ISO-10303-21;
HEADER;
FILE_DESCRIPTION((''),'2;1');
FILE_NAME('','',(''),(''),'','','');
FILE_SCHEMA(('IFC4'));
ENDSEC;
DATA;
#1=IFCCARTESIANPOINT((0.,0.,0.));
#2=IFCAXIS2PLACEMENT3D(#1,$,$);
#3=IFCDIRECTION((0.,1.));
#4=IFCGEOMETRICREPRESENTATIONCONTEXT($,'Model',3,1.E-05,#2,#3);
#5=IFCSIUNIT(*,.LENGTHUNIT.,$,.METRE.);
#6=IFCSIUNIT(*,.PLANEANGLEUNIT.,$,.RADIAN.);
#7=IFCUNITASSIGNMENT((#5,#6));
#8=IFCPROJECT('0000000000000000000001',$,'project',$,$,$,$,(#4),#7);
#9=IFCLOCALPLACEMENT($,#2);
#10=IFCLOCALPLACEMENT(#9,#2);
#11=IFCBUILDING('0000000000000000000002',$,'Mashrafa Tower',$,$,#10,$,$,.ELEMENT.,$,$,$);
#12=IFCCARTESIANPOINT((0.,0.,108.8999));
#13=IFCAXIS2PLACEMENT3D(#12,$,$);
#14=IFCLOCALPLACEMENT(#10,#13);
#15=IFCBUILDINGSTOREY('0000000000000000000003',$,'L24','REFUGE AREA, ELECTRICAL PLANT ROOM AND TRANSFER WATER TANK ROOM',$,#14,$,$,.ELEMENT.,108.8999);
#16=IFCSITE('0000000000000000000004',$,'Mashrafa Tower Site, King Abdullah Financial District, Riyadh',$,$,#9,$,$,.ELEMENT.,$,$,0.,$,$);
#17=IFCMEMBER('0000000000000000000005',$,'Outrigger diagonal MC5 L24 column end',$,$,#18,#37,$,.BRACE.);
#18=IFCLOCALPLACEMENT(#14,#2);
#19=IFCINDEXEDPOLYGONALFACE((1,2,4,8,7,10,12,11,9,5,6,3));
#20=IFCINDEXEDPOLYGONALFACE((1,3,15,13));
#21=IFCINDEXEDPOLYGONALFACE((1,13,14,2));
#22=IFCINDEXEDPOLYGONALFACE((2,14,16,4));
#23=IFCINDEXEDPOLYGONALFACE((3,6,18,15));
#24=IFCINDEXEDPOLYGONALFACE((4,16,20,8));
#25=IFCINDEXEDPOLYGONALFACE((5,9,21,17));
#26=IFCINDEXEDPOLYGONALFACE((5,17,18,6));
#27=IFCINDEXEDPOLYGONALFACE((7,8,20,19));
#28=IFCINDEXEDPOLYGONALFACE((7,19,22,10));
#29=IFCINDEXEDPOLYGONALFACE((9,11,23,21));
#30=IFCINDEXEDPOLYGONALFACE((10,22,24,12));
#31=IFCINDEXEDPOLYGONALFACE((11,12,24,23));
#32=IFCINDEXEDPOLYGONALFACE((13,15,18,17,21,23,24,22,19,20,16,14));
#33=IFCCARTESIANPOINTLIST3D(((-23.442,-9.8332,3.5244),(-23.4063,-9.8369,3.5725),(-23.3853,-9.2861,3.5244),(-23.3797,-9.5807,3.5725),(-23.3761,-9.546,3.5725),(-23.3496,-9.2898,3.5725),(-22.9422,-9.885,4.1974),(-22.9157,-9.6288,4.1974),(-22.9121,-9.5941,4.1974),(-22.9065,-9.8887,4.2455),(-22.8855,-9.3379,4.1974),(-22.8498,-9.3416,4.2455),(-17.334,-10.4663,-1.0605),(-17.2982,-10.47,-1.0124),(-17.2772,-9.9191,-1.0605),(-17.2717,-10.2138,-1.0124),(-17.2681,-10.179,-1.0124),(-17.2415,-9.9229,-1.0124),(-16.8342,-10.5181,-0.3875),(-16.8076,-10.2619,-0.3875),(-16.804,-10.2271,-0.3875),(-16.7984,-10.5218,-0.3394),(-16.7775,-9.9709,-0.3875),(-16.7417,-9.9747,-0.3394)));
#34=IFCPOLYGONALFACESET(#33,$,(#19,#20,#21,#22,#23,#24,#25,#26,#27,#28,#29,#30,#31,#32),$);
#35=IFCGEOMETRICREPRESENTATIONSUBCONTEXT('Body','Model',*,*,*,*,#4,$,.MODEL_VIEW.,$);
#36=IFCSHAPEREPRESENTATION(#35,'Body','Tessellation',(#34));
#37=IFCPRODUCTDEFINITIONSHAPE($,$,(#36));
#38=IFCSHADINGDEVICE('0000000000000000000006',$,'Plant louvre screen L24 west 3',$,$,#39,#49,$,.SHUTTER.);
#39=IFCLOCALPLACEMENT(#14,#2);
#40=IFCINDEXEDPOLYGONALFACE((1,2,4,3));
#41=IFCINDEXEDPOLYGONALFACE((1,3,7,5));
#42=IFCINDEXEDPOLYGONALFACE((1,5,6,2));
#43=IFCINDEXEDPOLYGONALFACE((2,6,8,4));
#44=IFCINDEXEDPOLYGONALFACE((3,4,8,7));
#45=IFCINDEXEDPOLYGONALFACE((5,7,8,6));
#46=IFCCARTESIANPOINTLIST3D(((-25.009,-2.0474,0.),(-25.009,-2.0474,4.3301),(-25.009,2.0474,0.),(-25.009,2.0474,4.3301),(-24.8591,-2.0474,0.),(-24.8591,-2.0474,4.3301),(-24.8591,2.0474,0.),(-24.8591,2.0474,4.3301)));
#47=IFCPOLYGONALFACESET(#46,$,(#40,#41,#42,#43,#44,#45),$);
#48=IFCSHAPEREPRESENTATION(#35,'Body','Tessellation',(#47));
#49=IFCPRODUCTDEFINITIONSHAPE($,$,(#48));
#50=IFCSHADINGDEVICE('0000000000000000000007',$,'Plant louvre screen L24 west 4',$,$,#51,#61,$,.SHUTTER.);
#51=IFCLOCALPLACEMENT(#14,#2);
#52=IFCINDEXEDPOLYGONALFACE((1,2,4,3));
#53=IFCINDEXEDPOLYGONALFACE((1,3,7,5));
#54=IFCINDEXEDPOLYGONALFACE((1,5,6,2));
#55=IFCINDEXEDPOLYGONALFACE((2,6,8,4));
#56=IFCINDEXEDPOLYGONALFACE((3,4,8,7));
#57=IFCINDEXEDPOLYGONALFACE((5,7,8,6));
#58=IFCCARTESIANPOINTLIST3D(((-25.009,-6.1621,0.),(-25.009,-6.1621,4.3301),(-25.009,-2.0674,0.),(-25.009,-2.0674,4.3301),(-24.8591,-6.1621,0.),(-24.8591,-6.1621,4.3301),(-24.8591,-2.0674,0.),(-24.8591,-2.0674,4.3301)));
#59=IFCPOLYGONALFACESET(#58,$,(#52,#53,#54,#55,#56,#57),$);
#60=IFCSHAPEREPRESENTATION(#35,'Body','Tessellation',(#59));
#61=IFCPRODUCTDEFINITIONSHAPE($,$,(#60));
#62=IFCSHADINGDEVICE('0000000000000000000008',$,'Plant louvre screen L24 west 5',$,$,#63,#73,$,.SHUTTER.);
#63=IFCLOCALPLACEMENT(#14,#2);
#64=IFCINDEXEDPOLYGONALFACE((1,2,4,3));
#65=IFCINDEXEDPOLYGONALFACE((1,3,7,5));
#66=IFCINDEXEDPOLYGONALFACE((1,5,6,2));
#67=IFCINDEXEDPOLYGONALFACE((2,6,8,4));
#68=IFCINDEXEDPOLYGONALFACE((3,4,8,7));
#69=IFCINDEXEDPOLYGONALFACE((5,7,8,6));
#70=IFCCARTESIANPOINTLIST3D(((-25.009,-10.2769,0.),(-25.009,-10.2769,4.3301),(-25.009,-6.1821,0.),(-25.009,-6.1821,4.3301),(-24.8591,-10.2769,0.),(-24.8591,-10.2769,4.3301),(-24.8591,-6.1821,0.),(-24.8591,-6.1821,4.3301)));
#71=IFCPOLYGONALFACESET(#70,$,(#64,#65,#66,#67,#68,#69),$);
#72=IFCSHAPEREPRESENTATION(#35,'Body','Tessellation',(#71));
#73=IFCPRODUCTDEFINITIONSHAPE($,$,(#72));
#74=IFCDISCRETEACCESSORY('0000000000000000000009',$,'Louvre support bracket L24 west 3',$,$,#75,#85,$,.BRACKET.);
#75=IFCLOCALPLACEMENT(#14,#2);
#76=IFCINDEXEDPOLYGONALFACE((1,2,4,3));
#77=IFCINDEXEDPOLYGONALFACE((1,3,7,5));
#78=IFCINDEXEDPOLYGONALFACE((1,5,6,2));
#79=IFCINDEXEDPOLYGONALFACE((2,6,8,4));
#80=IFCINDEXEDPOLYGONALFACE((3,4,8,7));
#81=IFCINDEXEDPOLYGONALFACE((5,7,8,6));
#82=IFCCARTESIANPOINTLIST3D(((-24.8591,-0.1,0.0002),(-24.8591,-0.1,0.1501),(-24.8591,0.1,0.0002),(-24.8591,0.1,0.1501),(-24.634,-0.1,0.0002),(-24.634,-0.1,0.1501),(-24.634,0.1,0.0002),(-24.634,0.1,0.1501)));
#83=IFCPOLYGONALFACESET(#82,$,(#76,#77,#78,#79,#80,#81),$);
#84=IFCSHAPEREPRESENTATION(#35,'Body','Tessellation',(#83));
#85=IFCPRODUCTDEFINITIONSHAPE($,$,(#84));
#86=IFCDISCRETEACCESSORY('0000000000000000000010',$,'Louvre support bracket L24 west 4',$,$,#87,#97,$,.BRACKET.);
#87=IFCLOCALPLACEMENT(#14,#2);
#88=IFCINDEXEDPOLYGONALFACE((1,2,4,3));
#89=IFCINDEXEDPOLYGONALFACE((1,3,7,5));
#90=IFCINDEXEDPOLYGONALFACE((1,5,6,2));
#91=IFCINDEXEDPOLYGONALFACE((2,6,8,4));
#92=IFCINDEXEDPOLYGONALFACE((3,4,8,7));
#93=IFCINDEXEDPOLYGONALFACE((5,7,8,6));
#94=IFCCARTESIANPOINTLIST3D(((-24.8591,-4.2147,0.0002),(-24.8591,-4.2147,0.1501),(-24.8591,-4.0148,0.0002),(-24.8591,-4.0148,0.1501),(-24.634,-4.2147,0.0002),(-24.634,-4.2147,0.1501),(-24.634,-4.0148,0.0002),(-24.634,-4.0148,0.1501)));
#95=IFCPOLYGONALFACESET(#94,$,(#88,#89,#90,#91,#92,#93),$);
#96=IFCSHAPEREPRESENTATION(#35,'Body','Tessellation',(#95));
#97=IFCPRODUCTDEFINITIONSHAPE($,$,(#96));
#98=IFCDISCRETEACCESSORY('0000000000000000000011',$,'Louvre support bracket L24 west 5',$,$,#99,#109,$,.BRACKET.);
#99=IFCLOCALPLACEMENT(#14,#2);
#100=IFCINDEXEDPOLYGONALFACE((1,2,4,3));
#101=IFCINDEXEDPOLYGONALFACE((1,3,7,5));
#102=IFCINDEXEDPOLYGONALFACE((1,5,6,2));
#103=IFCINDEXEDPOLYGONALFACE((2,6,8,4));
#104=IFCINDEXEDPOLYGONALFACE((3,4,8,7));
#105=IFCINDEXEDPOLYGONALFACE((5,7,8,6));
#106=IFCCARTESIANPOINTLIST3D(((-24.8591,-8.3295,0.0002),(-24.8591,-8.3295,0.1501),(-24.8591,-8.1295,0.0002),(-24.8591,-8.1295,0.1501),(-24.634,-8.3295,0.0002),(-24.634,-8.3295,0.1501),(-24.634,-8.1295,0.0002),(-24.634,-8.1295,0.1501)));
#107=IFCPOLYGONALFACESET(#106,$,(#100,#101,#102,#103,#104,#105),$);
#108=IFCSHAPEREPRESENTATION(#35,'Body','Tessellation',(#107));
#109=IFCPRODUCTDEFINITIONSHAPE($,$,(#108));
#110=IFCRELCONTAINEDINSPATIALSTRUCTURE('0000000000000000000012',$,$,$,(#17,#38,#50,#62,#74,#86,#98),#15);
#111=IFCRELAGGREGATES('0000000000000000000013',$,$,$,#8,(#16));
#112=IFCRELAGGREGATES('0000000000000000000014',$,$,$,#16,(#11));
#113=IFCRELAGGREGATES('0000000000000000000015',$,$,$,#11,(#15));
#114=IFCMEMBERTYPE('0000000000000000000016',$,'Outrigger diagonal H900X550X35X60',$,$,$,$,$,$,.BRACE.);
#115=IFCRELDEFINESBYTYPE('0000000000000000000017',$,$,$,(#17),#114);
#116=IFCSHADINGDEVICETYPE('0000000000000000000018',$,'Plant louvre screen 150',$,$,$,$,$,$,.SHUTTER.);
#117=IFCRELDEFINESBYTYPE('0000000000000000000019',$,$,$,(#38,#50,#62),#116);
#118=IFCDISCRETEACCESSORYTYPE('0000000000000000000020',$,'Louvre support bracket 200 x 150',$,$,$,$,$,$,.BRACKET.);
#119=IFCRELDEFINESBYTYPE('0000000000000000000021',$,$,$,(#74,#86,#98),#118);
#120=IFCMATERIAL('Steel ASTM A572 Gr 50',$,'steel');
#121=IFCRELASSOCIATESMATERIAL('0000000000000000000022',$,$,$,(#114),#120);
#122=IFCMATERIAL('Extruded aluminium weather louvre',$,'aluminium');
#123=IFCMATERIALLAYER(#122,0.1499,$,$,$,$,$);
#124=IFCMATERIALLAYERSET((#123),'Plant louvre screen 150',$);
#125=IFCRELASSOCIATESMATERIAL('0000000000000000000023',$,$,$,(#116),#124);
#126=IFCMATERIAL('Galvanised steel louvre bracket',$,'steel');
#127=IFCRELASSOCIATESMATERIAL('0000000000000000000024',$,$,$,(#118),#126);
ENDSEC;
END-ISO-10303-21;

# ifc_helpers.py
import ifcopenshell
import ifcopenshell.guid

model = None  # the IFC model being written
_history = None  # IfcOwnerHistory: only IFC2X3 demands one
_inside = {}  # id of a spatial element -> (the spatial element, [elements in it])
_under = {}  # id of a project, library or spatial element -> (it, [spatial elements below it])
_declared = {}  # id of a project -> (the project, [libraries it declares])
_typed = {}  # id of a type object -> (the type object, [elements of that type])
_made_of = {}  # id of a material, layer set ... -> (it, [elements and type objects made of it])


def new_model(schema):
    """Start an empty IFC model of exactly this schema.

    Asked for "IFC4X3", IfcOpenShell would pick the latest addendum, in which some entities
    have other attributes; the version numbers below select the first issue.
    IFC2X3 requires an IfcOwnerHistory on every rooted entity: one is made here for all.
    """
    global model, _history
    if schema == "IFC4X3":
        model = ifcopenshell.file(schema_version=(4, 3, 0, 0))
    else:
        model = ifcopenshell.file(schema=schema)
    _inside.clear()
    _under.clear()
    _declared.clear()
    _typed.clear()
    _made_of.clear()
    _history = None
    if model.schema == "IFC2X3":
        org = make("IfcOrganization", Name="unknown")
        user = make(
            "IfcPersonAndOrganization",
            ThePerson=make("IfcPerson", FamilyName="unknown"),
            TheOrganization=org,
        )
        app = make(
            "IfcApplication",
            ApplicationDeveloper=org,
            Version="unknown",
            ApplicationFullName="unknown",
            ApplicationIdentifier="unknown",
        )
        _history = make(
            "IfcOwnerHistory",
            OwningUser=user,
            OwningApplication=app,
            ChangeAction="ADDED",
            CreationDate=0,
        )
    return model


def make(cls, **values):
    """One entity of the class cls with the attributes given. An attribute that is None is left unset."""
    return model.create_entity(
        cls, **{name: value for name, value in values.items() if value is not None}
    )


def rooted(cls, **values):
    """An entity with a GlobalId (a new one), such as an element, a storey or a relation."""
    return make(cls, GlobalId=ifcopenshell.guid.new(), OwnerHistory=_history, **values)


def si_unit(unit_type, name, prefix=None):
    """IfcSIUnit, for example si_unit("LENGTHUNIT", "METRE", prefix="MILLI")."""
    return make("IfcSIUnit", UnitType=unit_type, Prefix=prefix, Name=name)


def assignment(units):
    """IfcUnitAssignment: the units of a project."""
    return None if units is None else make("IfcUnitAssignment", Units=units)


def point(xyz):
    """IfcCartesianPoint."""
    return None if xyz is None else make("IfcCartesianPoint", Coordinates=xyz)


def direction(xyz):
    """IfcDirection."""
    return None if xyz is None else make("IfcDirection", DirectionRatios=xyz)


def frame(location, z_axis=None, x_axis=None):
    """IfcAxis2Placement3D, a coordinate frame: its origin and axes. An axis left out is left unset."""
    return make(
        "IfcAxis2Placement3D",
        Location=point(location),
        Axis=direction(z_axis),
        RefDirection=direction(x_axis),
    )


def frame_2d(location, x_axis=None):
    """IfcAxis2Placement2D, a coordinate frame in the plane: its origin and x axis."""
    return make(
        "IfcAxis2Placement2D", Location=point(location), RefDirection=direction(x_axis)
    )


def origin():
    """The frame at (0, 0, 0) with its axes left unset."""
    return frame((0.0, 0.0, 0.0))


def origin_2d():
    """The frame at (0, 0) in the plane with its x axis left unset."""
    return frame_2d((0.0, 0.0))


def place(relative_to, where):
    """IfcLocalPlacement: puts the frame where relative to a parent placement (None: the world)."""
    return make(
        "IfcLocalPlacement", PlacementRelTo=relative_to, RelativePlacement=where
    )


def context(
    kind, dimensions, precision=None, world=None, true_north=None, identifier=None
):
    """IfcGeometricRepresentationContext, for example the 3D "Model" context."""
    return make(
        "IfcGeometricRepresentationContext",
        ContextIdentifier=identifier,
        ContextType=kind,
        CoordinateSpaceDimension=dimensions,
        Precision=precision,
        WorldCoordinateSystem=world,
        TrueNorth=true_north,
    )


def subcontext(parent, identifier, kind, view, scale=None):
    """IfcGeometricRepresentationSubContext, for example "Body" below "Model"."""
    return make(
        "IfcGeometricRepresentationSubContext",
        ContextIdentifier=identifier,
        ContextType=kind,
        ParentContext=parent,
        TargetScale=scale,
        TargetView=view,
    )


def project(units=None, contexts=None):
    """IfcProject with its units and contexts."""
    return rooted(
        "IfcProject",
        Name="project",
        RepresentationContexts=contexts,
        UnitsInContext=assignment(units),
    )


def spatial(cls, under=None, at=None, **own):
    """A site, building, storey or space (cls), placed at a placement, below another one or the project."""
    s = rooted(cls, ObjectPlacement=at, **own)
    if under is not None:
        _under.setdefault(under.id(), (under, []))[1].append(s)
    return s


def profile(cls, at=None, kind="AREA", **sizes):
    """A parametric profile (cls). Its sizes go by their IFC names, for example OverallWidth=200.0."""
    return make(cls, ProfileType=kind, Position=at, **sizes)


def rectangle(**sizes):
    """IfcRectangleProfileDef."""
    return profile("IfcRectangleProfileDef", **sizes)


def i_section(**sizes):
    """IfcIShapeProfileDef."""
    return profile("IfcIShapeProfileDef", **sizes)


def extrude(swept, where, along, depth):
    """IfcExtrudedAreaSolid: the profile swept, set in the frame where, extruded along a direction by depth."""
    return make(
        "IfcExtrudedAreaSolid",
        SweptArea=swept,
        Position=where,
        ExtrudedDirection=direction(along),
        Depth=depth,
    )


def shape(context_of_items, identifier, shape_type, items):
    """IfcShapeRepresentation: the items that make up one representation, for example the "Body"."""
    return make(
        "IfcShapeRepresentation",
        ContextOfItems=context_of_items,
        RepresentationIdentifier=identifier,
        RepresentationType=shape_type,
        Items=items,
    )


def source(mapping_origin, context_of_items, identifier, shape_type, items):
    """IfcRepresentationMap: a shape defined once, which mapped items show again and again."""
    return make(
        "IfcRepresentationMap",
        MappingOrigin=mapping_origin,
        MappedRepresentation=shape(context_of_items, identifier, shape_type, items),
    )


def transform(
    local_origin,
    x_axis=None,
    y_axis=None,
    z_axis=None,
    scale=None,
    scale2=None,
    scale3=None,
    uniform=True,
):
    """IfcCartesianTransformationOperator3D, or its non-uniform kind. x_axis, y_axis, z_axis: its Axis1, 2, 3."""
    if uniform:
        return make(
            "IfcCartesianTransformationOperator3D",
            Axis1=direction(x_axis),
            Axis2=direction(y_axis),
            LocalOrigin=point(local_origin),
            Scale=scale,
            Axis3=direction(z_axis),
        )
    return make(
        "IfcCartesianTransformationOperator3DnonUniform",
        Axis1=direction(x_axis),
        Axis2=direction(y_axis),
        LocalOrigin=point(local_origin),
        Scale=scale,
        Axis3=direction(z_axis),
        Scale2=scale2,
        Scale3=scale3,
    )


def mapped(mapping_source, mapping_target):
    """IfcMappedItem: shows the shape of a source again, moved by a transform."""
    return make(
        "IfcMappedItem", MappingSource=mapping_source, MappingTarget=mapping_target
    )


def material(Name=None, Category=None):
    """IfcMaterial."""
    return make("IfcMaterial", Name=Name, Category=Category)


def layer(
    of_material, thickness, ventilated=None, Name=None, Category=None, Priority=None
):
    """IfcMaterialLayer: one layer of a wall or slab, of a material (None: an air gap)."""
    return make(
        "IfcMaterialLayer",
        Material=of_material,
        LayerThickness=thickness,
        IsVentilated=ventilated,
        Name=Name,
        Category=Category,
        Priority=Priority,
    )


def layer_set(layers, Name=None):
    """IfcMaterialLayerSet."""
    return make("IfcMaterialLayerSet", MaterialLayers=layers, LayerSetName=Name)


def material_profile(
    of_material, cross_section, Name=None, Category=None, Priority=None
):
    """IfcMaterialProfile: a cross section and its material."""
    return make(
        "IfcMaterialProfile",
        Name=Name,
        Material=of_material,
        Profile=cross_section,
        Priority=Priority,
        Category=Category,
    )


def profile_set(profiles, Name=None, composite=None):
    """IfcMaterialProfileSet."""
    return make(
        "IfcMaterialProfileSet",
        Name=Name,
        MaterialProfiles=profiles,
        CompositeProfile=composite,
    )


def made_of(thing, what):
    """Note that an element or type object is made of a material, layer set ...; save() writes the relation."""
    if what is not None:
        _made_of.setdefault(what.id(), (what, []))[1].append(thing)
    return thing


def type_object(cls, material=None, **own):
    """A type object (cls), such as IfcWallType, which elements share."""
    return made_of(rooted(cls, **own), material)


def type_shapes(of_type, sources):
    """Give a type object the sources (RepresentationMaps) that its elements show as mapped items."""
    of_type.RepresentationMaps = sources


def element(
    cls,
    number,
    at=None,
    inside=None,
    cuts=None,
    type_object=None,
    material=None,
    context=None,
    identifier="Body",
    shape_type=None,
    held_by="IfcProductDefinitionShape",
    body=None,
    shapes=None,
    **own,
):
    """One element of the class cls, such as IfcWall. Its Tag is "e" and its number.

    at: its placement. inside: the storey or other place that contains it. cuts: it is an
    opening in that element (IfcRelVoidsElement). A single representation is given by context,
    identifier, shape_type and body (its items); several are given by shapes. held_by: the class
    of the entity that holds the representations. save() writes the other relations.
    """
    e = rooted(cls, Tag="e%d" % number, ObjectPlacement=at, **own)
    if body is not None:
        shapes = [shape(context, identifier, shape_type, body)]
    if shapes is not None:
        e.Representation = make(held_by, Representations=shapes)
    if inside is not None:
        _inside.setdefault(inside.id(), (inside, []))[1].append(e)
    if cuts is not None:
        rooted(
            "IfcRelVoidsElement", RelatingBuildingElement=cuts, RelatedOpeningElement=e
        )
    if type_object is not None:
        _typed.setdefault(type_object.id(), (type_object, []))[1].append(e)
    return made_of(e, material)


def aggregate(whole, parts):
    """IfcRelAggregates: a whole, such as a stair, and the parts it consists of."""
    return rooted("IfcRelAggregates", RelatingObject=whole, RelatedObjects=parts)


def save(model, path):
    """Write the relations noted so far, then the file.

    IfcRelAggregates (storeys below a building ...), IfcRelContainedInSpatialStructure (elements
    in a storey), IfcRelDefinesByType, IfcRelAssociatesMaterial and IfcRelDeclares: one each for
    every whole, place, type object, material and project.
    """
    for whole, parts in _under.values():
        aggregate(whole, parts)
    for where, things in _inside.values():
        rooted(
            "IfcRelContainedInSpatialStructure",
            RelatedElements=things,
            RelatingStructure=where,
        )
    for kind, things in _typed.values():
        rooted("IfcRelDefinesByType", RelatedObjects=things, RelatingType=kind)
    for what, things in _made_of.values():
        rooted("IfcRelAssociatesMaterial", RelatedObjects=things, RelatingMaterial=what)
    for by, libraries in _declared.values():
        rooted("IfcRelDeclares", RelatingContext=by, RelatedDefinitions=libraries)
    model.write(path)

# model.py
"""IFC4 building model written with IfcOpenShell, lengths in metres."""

from ifc_helpers import new_model, si_unit, direction, frame, origin, origin_2d, place, context, subcontext, project, spatial, rectangle, i_section, extrude, source, transform, mapped, material, layer, layer_set, material_profile, profile_set, type_object, type_shapes, element, save


model = new_model("IFC4")

# Units and contexts
model_context = context("Model", 3, precision=1e-05, world=origin(), true_north=direction((0.0, 1.0)))
body_context = subcontext(model_context, "Body", "Model", "MODEL_VIEW")
ifc_project = project(units=[si_unit("LENGTHUNIT", "METRE"), si_unit("PLANEANGLEUNIT", "RADIAN")], contexts=[model_context])

# Site, building, storey
site_placement = place(None, origin())
site = spatial("IfcSite", under=ifc_project, at=site_placement, Name="Mashrafa Tower Site, King Abdullah Financial District, Riyadh", CompositionType="ELEMENT", RefElevation=0.0)
building_placement = place(site_placement, origin())
building = spatial("IfcBuilding", under=site, at=building_placement, Name="Mashrafa Tower", CompositionType="ELEMENT")
storey_placement = place(building_placement, frame((0.0, 0.0, 108.8999)))
storey = spatial("IfcBuildingStorey", under=building, at=storey_placement, Name="L24", Description="REFUGE AREA, ELECTRICAL PLANT ROOM AND TRANSFER WATER TANK ROOM", CompositionType="ELEMENT", Elevation=108.8999)

# Member
ifc_material_1 = material(Name="Steel ASTM A572 Gr 50", Category="steel")
ifc_material_profile_1 = material_profile(ifc_material_1, i_section(OverallWidth=0.55, OverallDepth=0.8999, WebThickness=0.0349, FlangeThickness=0.0601, at=origin_2d()), Name="H900X550X35X60")
ifc_profile_set_1 = profile_set([ifc_material_profile_1], Name="Steel ASTM A572 Gr 50")
member_type_1 = type_object("IfcMemberType", Name="Outrigger diagonal H900X550X35X60", PredefinedType="BRACE", material=ifc_profile_set_1)
shared_shape_1 = source(origin(), body_context, "Body", "SweptSolid", [
    extrude(i_section(OverallWidth=0.55, OverallDepth=0.8999, WebThickness=0.0349, FlangeThickness=0.0601, at=origin_2d()), origin(), (0.0, 0.0, 1.0), 7.6636),
])
member_1_placement = place(storey_placement, frame((-17.0378, -10.2205, -0.7), z_axis=(-0.797025, 0.082605, 0.598271), x_axis=(-0.103089, -0.994672, 0.0)))
element("IfcMember", 1, at=member_1_placement, inside=storey, type_object=member_type_1, Name="Outrigger diagonal MC5 L24 column end", PredefinedType="BRACE", context=body_context, shape_type="MappedRepresentation", body=[
    mapped(shared_shape_1, transform((0.0, 0.0, 0.0))),
])

# Shading devices
ifc_material_2 = material(Name="Extruded aluminium weather louvre", Category="aluminium")
ifc_layer = layer(ifc_material_2, 0.1499)
ifc_layer_set = layer_set([ifc_layer], Name="Plant louvre screen 150")
shading_device_type = type_object("IfcShadingDeviceType", Name="Plant louvre screen 150", PredefinedType="SHUTTER", material=ifc_layer_set)
shared_shape_2 = source(origin(), body_context, "Body", "SweptSolid", [
    extrude(rectangle(XDim=4.0947, YDim=0.1499, at=origin_2d()), origin(), (0.0, 0.0, 1.0), 4.3301),
])
type_shapes(shading_device_type, [shared_shape_2])
for number, where, z_axis, x_axis, name in (
    (2, (-24.9341, 0.0, 0.0), (0.0, 0.0, 1.0), (0.0, -1.0, 0.0), "Plant louvre screen L24 west 3"),
    (3, (-24.9341, -4.1147, 0.0), (0.0, 0.0, 1.0), (0.0, -1.0, 0.0), "Plant louvre screen L24 west 4"),
    (4, (-24.9341, -8.2295, 0.0), (0.0, 0.0, 1.0), (0.0, -1.0, 0.0), "Plant louvre screen L24 west 5"),
):
    element("IfcShadingDevice", number, at=place(storey_placement, frame(where, z_axis=z_axis, x_axis=x_axis)), inside=storey, type_object=shading_device_type, Name=name, PredefinedType="SHUTTER", context=body_context, shape_type="MappedRepresentation", body=[
        mapped(shared_shape_2, transform((0.0, 0.0, 0.0))),
    ])

# Discrete accessories
ifc_material_3 = material(Name="Galvanised steel louvre bracket", Category="steel")
discrete_accessory_type = type_object("IfcDiscreteAccessoryType", Name="Louvre support bracket 200 x 150", PredefinedType="BRACKET", material=ifc_material_3)
shared_shape_3 = source(origin(), body_context, "Body", "SweptSolid", [
    extrude(rectangle(XDim=0.2, YDim=0.2251, at=origin_2d()), origin(), (0.0, 0.0, 1.0), 0.1499),
])
type_shapes(discrete_accessory_type, [shared_shape_3])
for number, where, z_axis, x_axis, name in (
    (5, (-24.7466, 0.0, 0.0002), (0.0, 0.0, 1.0), (0.0, -1.0, 0.0), "Louvre support bracket L24 west 3"),
    (6, (-24.7466, -4.1147, 0.0002), (0.0, 0.0, 1.0), (0.0, -1.0, 0.0), "Louvre support bracket L24 west 4"),
    (7, (-24.7466, -8.2295, 0.0002), (0.0, 0.0, 1.0), (0.0, -1.0, 0.0), "Louvre support bracket L24 west 5"),
):
    element("IfcDiscreteAccessory", number, at=place(storey_placement, frame(where, z_axis=z_axis, x_axis=x_axis)), inside=storey, type_object=discrete_accessory_type, Name=name, PredefinedType="BRACKET", context=body_context, shape_type="MappedRepresentation", body=[
        mapped(shared_shape_3, transform((0.0, 0.0, 0.0))),
    ])

save(model, "model.ifc")
